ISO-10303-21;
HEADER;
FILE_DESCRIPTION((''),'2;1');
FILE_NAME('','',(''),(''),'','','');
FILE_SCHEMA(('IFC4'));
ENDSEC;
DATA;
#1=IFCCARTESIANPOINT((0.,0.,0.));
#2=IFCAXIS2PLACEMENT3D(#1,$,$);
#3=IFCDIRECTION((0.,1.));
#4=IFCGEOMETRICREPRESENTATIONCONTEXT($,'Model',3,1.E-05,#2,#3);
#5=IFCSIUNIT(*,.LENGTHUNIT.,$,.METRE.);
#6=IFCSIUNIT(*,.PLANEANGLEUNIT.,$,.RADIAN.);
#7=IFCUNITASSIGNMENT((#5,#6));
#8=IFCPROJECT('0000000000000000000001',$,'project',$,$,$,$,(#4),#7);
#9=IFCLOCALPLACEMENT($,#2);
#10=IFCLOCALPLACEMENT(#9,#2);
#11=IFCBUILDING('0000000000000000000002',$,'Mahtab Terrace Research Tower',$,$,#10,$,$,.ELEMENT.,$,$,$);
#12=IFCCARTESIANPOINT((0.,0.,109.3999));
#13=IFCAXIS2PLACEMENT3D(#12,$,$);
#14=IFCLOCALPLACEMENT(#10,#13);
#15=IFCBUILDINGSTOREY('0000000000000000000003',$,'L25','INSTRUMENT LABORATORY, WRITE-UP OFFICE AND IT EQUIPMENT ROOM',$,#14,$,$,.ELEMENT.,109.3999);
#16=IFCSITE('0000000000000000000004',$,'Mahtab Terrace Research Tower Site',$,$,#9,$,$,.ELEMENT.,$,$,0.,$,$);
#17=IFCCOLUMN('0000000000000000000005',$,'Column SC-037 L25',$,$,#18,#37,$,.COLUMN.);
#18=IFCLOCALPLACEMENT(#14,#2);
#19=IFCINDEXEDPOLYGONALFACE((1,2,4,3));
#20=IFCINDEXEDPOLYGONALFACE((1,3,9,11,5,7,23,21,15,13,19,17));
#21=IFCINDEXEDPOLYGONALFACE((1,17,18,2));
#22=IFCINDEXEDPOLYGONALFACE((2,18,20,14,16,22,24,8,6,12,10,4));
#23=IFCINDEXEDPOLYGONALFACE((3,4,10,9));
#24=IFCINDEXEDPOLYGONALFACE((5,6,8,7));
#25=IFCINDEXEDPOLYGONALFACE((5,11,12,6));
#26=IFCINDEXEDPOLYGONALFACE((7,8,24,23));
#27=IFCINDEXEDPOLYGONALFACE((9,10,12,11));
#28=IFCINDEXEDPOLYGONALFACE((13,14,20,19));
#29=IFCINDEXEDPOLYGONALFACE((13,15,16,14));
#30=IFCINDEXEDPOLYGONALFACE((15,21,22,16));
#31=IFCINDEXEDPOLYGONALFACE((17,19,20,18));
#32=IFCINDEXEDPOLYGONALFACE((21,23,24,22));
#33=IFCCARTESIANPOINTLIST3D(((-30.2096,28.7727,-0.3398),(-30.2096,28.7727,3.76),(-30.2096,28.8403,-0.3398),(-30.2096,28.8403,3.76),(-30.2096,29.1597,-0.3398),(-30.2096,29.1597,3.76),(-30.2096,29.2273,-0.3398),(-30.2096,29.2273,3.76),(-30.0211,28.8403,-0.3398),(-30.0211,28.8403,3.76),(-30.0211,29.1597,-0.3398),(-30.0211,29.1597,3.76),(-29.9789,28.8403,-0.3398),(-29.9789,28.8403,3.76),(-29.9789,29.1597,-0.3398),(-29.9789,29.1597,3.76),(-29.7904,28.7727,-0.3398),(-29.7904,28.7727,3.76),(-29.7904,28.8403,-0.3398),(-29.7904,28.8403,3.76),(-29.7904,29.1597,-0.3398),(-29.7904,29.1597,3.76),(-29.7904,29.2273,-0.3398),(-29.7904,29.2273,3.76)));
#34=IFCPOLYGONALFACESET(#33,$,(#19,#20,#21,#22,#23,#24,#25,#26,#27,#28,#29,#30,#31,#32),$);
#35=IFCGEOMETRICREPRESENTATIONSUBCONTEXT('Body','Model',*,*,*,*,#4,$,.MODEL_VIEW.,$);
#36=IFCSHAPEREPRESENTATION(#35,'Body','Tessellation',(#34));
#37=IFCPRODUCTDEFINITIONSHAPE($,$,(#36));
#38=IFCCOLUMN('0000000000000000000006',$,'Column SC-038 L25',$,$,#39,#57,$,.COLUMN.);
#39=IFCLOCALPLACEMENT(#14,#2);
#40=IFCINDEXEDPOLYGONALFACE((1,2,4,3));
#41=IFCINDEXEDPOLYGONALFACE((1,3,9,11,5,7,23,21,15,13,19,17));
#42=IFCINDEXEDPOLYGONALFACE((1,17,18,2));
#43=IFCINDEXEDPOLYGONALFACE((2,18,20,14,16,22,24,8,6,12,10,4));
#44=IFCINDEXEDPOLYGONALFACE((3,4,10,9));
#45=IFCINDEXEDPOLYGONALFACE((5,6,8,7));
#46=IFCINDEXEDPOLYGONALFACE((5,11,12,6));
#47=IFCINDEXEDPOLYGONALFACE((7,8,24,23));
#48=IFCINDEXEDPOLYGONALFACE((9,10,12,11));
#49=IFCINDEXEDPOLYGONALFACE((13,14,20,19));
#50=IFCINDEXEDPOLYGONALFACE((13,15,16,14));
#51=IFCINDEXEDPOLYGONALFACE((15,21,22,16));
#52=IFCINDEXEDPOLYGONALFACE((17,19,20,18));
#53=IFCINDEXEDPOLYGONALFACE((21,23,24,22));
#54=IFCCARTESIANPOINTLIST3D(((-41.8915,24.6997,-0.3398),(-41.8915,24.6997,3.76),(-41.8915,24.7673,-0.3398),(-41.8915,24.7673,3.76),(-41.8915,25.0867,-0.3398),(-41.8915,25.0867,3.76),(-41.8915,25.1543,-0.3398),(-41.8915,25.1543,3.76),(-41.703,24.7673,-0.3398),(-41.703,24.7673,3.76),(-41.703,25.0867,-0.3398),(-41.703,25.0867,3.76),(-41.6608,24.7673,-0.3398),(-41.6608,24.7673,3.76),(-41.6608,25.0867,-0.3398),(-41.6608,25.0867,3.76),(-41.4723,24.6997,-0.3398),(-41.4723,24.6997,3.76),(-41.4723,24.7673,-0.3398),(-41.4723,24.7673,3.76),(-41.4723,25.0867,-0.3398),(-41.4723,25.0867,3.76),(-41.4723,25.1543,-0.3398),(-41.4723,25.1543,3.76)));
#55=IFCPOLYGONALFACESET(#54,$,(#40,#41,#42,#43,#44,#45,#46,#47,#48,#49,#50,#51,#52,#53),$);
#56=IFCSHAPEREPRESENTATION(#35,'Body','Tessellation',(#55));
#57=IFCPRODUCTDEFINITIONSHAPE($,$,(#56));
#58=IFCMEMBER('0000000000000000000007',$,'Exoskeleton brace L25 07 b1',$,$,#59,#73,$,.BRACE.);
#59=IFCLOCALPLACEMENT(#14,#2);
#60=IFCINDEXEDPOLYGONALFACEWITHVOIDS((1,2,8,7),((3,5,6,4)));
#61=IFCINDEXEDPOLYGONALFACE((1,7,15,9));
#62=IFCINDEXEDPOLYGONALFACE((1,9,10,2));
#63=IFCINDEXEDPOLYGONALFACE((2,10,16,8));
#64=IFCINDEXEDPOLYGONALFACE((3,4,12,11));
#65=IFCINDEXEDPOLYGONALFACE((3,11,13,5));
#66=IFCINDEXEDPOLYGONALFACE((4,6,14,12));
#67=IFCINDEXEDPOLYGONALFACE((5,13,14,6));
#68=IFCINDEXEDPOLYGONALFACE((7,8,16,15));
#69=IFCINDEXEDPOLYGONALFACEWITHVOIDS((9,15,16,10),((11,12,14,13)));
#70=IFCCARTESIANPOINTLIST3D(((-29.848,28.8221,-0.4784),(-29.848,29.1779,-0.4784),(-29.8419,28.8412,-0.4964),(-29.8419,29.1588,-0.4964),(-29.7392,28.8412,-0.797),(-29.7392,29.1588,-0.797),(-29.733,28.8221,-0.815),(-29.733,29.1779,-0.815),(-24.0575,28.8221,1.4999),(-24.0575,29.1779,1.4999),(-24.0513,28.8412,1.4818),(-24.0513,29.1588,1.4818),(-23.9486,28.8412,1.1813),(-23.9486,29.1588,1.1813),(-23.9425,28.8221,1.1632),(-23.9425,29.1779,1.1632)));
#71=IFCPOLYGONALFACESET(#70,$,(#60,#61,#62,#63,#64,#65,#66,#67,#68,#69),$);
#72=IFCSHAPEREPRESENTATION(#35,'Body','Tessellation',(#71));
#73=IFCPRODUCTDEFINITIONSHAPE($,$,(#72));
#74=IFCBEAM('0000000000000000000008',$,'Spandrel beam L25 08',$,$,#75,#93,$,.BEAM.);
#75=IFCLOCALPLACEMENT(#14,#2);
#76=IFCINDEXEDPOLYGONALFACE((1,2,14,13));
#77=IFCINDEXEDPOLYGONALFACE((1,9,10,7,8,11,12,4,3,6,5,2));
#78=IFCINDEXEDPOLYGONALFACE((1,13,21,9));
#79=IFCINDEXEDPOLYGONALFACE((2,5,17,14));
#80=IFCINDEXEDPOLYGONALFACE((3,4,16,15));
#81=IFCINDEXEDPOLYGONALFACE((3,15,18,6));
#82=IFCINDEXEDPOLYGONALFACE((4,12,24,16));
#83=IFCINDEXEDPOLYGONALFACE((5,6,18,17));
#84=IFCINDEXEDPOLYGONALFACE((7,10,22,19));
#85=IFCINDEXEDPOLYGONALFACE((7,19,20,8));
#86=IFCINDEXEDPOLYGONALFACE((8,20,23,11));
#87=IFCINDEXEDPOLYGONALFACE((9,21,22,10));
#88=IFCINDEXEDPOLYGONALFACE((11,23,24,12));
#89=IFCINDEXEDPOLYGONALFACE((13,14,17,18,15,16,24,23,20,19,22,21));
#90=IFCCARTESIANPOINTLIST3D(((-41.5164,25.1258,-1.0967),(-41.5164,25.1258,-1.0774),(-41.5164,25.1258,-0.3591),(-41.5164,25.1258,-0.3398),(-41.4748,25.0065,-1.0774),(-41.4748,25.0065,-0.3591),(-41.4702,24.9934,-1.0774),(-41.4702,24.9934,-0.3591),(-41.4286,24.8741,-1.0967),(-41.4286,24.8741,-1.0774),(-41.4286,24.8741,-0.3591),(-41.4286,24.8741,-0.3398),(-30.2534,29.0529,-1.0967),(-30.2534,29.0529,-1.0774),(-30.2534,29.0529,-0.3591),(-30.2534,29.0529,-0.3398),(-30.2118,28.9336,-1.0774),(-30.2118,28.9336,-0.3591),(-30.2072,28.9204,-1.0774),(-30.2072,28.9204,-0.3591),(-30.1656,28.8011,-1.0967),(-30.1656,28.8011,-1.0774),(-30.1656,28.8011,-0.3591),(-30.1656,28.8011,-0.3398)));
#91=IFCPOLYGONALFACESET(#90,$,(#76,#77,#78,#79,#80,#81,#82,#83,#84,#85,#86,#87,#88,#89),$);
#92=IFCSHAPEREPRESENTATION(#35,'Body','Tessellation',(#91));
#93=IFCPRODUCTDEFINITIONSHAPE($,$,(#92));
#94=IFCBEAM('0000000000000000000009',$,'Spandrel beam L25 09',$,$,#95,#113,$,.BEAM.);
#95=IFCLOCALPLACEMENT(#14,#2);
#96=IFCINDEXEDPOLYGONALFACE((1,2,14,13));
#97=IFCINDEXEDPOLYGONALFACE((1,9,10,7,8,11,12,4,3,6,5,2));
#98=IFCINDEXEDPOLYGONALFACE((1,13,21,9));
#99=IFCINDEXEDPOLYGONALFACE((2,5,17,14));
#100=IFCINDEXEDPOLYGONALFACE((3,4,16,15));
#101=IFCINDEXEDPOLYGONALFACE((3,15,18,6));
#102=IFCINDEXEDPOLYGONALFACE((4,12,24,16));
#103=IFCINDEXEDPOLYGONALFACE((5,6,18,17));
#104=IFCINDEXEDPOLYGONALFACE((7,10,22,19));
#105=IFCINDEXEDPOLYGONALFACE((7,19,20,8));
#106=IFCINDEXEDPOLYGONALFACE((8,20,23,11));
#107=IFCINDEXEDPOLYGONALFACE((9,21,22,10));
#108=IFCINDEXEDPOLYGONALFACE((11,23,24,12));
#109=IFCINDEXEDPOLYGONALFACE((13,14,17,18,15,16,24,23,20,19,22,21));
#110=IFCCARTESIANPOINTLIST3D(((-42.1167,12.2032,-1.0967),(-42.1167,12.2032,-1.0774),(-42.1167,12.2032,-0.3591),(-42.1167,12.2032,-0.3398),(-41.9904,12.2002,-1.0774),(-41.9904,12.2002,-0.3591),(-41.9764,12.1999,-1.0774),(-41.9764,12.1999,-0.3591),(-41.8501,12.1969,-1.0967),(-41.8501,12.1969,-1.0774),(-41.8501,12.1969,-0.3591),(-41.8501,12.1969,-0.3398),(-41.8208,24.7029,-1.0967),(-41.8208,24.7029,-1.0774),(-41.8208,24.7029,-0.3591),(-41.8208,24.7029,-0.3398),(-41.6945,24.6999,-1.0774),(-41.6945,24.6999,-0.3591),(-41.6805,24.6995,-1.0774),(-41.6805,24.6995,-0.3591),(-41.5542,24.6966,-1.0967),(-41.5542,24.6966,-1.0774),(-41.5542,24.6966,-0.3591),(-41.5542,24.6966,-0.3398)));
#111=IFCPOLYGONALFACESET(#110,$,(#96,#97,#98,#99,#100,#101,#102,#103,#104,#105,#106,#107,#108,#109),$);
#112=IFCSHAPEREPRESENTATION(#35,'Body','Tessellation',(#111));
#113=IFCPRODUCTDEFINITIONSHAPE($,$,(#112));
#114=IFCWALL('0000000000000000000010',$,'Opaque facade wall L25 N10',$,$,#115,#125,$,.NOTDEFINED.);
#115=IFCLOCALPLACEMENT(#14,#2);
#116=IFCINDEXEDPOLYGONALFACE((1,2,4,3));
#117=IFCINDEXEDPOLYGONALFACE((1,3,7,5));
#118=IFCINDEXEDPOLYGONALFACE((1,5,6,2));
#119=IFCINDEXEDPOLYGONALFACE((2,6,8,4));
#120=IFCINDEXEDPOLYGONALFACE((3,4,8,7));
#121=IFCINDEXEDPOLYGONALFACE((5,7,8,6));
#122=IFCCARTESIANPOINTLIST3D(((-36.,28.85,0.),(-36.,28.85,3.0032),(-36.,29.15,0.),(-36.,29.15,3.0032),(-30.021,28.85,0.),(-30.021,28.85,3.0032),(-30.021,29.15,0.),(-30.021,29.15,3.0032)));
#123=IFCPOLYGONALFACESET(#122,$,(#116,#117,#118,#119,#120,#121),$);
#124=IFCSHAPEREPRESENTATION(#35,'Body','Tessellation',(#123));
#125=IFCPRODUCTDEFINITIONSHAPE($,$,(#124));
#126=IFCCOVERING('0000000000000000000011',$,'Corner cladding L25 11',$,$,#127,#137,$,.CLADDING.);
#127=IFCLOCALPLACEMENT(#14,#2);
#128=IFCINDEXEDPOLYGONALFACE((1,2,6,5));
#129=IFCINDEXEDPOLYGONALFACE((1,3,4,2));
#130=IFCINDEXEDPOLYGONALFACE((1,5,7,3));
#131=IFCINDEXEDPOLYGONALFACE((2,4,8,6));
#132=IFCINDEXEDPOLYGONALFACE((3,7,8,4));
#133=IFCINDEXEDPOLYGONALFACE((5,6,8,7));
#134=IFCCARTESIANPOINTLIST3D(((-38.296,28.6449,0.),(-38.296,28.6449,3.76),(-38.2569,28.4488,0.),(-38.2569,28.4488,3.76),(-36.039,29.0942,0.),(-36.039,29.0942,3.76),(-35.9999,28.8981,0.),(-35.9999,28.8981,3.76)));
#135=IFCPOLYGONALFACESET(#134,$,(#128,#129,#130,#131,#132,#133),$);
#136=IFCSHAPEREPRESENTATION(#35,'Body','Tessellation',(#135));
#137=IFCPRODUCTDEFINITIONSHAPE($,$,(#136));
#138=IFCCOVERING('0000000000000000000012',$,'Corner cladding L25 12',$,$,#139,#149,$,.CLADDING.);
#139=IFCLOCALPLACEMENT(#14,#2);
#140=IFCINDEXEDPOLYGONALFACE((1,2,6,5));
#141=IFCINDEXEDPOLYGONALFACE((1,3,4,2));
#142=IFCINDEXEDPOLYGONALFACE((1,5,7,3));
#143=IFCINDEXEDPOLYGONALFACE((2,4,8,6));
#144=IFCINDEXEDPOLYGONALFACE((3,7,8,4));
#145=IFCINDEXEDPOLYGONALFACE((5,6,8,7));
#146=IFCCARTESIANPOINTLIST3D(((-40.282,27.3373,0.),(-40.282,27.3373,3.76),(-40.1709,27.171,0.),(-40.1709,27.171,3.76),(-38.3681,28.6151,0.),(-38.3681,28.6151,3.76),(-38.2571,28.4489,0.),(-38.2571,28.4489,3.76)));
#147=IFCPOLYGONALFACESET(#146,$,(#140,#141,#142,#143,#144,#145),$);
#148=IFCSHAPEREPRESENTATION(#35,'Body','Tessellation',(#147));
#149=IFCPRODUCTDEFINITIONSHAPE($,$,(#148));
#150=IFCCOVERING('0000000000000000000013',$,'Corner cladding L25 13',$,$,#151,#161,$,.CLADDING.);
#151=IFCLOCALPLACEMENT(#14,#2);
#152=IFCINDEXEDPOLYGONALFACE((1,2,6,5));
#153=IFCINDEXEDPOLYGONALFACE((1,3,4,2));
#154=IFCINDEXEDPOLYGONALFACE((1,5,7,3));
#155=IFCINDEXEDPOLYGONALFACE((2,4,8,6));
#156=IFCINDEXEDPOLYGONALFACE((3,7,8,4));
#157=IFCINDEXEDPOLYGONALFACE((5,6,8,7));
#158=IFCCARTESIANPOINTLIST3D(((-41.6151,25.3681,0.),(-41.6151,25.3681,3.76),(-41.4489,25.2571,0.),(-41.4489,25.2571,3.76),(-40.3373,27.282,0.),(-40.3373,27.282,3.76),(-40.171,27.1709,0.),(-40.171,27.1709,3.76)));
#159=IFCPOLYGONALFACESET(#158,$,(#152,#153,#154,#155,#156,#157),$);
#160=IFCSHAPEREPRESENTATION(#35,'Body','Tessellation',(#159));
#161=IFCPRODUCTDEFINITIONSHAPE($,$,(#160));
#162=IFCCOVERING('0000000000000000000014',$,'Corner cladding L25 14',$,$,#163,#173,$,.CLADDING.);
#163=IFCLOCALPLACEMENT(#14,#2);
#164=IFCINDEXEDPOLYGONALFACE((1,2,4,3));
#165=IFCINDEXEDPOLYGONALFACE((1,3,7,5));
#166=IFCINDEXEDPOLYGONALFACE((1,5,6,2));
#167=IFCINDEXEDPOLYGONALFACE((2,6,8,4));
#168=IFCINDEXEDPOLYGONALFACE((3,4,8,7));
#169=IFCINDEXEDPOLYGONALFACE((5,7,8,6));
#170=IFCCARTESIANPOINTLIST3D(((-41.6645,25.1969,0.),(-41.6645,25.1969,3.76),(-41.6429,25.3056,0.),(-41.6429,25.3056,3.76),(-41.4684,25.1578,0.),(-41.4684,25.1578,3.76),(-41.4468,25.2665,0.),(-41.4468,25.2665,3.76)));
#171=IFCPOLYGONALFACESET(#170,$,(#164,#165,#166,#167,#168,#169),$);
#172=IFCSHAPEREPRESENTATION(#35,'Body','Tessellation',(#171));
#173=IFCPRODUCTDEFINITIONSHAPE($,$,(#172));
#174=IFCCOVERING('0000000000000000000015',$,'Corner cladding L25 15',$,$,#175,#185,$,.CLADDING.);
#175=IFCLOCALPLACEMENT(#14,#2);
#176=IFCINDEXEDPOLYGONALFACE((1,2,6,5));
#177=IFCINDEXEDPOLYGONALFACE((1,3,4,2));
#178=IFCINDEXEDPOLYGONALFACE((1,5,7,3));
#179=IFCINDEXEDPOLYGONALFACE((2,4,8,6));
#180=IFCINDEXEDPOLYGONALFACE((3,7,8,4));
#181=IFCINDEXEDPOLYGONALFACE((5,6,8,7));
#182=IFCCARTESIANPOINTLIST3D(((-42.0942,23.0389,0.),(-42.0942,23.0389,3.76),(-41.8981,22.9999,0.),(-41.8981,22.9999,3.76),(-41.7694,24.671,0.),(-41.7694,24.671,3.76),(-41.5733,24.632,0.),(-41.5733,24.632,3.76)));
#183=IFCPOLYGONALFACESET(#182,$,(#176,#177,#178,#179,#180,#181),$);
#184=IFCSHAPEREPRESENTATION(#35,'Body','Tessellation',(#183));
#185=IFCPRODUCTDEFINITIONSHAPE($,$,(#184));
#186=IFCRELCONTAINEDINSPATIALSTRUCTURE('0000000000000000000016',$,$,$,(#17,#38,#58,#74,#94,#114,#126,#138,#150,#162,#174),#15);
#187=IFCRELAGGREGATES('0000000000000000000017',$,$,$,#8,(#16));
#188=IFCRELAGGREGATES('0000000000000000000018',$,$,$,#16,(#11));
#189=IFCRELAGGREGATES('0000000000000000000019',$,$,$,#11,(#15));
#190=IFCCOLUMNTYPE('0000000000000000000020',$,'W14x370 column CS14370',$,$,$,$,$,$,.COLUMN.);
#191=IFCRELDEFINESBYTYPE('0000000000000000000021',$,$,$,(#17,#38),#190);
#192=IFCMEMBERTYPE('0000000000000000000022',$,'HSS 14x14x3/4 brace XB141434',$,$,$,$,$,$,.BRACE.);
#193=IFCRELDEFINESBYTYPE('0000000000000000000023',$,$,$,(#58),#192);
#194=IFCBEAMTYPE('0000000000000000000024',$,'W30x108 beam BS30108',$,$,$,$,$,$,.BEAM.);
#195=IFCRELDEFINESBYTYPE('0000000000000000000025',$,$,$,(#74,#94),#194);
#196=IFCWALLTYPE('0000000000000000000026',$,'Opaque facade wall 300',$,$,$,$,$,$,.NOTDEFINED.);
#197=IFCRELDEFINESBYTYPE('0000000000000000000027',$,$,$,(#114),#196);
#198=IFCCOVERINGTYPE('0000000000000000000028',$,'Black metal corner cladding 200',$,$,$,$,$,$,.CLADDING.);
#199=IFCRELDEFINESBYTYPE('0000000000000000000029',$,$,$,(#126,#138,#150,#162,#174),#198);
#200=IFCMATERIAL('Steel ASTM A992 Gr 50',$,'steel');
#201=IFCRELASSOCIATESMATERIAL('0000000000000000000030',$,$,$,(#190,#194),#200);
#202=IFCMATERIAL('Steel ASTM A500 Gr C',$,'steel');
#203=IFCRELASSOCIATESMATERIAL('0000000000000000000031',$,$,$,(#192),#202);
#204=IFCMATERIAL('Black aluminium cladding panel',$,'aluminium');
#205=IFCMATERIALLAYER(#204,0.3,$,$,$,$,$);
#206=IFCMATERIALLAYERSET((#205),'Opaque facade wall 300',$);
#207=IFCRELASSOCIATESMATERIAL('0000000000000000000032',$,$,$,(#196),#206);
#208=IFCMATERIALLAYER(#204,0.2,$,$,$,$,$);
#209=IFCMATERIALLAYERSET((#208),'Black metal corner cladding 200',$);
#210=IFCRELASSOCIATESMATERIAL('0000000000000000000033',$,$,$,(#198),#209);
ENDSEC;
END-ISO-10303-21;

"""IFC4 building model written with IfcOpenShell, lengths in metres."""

from ifc_helpers import new_model, si_unit, direction, frame, frame_2d, origin, origin_2d, place, context, subcontext, project, spatial, rectangle, hollow_rectangle, i_section, extrude, material, layer, layer_set, material_profile, profile_set, type_object, element, save


model = new_model("IFC4")

# Units and contexts
model_context = context("Model", 3, precision=1e-05, world=origin(), true_north=direction((0.0, 1.0)))
body_context = subcontext(model_context, "Body", "Model", "MODEL_VIEW")
ifc_project = project(units=[si_unit("LENGTHUNIT", "METRE"), si_unit("PLANEANGLEUNIT", "RADIAN")], contexts=[model_context])

# Site, building, storey
site_placement = place(None, origin())
site = spatial("IfcSite", under=ifc_project, at=site_placement, Name="Mahtab Terrace Research Tower Site", CompositionType="ELEMENT", RefElevation=0.0)
building_placement = place(site_placement, origin())
building = spatial("IfcBuilding", under=site, at=building_placement, Name="Mahtab Terrace Research Tower", CompositionType="ELEMENT")
storey_placement = place(building_placement, frame((0.0, 0.0, 109.3999)))
storey = spatial("IfcBuildingStorey", under=building, at=storey_placement, Name="L25", Description="INSTRUMENT LABORATORY, WRITE-UP OFFICE AND IT EQUIPMENT ROOM", CompositionType="ELEMENT", Elevation=109.3999)

# Columns
ifc_material_1 = material(Name="Steel ASTM A992 Gr 50", Category="steel")
ifc_material_profile_1 = material_profile(ifc_material_1, i_section(OverallWidth=0.4192, OverallDepth=0.4546, WebThickness=0.0422, FlangeThickness=0.0676, at=origin_2d()), Name="W14X370")
ifc_profile_set_1 = profile_set([ifc_material_profile_1], Name="Steel ASTM A992 Gr 50")
column_type = type_object("IfcColumnType", Name="W14x370 column CS14370", PredefinedType="COLUMN", material=ifc_profile_set_1)
for number, where, z_axis, x_axis, name in (
    (1, (-30.0, 29.0, -0.3398), (0.0, 0.0, 1.0), (1.0, 0.0, 0.0), "Column SC-037 L25"),
    (2, (-41.6819, 24.927, -0.3398), (0.0, 0.0, 1.0), (1.0, 0.0, 0.0), "Column SC-038 L25"),
):
    element("IfcColumn", number, at=place(storey_placement, frame(where, z_axis=z_axis, x_axis=x_axis)), inside=storey, type_object=column_type, Name=name, PredefinedType="COLUMN", context=body_context, shape_type="SweptSolid", body=[
        extrude(i_section(OverallWidth=0.4192, OverallDepth=0.4546, WebThickness=0.0422, FlangeThickness=0.0676, at=origin_2d()), origin(), (0.0, 0.0, 1.0), 4.0999),
    ])

# Member
ifc_material_2 = material(Name="Steel ASTM A500 Gr C", Category="steel")
ifc_material_profile_2 = material_profile(ifc_material_2, hollow_rectangle(XDim=0.3557, YDim=0.3557, WallThickness=0.019, at=origin_2d()), Name="HSS14X14X3/4")
ifc_profile_set_2 = profile_set([ifc_material_profile_2], Name="Steel ASTM A500 Gr C")
member_type = type_object("IfcMemberType", Name="HSS 14x14x3/4 brace XB141434", PredefinedType="BRACE", material=ifc_profile_set_2)
member_placement = place(storey_placement, frame((-29.7905, 29.0, -0.6467), z_axis=(0.946299, 0.0, 0.323293), x_axis=(0.0, 1.0, 0.0)))
element("IfcMember", 3, at=member_placement, inside=storey, type_object=member_type, Name="Exoskeleton brace L25 07 b1", PredefinedType="BRACE", context=body_context, shape_type="SweptSolid", body=[
    extrude(hollow_rectangle(XDim=0.3557, YDim=0.3557, WallThickness=0.019, at=origin_2d()), origin(), (0.0, 0.0, 1.0), 6.1191),
])

# Beams
ifc_material_profile_3 = material_profile(ifc_material_1, i_section(OverallWidth=0.2666, OverallDepth=0.7568, WebThickness=0.0139, FlangeThickness=0.0193, at=origin_2d()), Name="W30X108")
ifc_profile_set_3 = profile_set([ifc_material_profile_3], Name="Steel ASTM A992 Gr 50")
beam_type = type_object("IfcBeamType", Name="W30x108 beam BS30108", PredefinedType="BEAM", material=ifc_profile_set_3)
beam_1_placement = place(storey_placement, frame((-30.2095, 28.927, -0.7183), z_axis=(-0.944251, -0.329228, 0.0), x_axis=(0.329228, -0.944251, 0.0)))
element("IfcBeam", 4, at=beam_1_placement, inside=storey, type_object=beam_type, Name="Spandrel beam L25 08", PredefinedType="BEAM", context=body_context, shape_type="SweptSolid", body=[
    extrude(i_section(OverallWidth=0.2666, OverallDepth=0.7568, WebThickness=0.0139, FlangeThickness=0.0193, at=origin_2d()), origin(), (0.0, 0.0, 1.0), 11.928),
])
beam_2_placement = place(storey_placement, frame((-41.6875, 24.6997, -0.7183), z_axis=(-0.023666, -0.99972, 0.0), x_axis=(0.99972, -0.023666, 0.0)))
element("IfcBeam", 5, at=beam_2_placement, inside=storey, type_object=beam_type, Name="Spandrel beam L25 09", PredefinedType="BEAM", context=body_context, shape_type="SweptSolid", body=[
    extrude(i_section(OverallWidth=0.2666, OverallDepth=0.7568, WebThickness=0.0139, FlangeThickness=0.0193, at=origin_2d()), origin(), (0.0, 0.0, 1.0), 12.5032),
])

# Wall
ifc_material_3 = material(Name="Black aluminium cladding panel", Category="aluminium")
ifc_layer_1 = layer(ifc_material_3, 0.3)
ifc_layer_set_1 = layer_set([ifc_layer_1], Name="Opaque facade wall 300")
wall_type = type_object("IfcWallType", Name="Opaque facade wall 300", PredefinedType="NOTDEFINED", material=ifc_layer_set_1)
wall_placement = place(storey_placement, frame((-30.021, 29.0, 0.0), z_axis=(0.0, 0.0, 1.0), x_axis=(-1.0, 0.0, 0.0)))
element("IfcWall", 6, at=wall_placement, inside=storey, type_object=wall_type, Name="Opaque facade wall L25 N10", PredefinedType="NOTDEFINED", context=body_context, shape_type="SweptSolid", body=[
    extrude(rectangle(XDim=5.979, YDim=0.3, at=frame_2d((2.9895, 0.0))), origin(), (0.0, 0.0, 1.0), 3.0032),
])

# Coverings
ifc_layer_2 = layer(ifc_material_3, 0.2)
ifc_layer_set_2 = layer_set([ifc_layer_2], Name="Black metal corner cladding 200")
covering_type = type_object("IfcCoveringType", Name="Black metal corner cladding 200", PredefinedType="CLADDING", material=ifc_layer_set_2)
for number, where, z_axis, x_axis, name in (
    (7, (-37.1479, 28.7715, 0.0), (0.0, 0.0, 1.0), (-0.980761, -0.195212, 0.0), "Corner cladding L25 11"),
    (8, (-39.2695, 27.8931, 0.0), (0.0, 0.0, 1.0), (-0.831656, -0.555291, 0.0), "Corner cladding L25 12"),
    (9, (-40.8931, 26.2695, 0.0), (0.0, 0.0, 1.0), (-0.555291, -0.831656, 0.0), "Corner cladding L25 13"),
):
    element("IfcCovering", number, at=place(storey_placement, frame(where, z_axis=z_axis, x_axis=x_axis)), inside=storey, type_object=covering_type, Name=name, PredefinedType="CLADDING", context=body_context, shape_type="SweptSolid", body=[
        extrude(rectangle(XDim=2.3013, YDim=0.2, at=origin_2d()), origin(), (0.0, 0.0, 1.0), 3.76),
    ])
covering_1_placement = place(storey_placement, frame((-41.5557, 25.2317, 0.0), z_axis=(0.0, 0.0, 1.0), x_axis=(-0.195212, -0.980761, 0.0)))
element("IfcCovering", 10, at=covering_1_placement, inside=storey, type_object=covering_type, Name="Corner cladding L25 14", PredefinedType="CLADDING", context=body_context, shape_type="SweptSolid", body=[
    extrude(rectangle(XDim=0.1108, YDim=0.2, at=origin_2d()), origin(), (0.0, 0.0, 1.0), 3.76),
])
covering_2_placement = place(storey_placement, frame((-41.8337, 23.8354, 0.0), z_axis=(0.0, 0.0, 1.0), x_axis=(-0.195212, -0.980761, 0.0)))
element("IfcCovering", 11, at=covering_2_placement, inside=storey, type_object=covering_type, Name="Corner cladding L25 15", PredefinedType="CLADDING", context=body_context, shape_type="SweptSolid", body=[
    extrude(rectangle(XDim=1.6641, YDim=0.2, at=origin_2d()), origin(), (0.0, 0.0, 1.0), 3.76),
])

save(model, "model.ifc")
